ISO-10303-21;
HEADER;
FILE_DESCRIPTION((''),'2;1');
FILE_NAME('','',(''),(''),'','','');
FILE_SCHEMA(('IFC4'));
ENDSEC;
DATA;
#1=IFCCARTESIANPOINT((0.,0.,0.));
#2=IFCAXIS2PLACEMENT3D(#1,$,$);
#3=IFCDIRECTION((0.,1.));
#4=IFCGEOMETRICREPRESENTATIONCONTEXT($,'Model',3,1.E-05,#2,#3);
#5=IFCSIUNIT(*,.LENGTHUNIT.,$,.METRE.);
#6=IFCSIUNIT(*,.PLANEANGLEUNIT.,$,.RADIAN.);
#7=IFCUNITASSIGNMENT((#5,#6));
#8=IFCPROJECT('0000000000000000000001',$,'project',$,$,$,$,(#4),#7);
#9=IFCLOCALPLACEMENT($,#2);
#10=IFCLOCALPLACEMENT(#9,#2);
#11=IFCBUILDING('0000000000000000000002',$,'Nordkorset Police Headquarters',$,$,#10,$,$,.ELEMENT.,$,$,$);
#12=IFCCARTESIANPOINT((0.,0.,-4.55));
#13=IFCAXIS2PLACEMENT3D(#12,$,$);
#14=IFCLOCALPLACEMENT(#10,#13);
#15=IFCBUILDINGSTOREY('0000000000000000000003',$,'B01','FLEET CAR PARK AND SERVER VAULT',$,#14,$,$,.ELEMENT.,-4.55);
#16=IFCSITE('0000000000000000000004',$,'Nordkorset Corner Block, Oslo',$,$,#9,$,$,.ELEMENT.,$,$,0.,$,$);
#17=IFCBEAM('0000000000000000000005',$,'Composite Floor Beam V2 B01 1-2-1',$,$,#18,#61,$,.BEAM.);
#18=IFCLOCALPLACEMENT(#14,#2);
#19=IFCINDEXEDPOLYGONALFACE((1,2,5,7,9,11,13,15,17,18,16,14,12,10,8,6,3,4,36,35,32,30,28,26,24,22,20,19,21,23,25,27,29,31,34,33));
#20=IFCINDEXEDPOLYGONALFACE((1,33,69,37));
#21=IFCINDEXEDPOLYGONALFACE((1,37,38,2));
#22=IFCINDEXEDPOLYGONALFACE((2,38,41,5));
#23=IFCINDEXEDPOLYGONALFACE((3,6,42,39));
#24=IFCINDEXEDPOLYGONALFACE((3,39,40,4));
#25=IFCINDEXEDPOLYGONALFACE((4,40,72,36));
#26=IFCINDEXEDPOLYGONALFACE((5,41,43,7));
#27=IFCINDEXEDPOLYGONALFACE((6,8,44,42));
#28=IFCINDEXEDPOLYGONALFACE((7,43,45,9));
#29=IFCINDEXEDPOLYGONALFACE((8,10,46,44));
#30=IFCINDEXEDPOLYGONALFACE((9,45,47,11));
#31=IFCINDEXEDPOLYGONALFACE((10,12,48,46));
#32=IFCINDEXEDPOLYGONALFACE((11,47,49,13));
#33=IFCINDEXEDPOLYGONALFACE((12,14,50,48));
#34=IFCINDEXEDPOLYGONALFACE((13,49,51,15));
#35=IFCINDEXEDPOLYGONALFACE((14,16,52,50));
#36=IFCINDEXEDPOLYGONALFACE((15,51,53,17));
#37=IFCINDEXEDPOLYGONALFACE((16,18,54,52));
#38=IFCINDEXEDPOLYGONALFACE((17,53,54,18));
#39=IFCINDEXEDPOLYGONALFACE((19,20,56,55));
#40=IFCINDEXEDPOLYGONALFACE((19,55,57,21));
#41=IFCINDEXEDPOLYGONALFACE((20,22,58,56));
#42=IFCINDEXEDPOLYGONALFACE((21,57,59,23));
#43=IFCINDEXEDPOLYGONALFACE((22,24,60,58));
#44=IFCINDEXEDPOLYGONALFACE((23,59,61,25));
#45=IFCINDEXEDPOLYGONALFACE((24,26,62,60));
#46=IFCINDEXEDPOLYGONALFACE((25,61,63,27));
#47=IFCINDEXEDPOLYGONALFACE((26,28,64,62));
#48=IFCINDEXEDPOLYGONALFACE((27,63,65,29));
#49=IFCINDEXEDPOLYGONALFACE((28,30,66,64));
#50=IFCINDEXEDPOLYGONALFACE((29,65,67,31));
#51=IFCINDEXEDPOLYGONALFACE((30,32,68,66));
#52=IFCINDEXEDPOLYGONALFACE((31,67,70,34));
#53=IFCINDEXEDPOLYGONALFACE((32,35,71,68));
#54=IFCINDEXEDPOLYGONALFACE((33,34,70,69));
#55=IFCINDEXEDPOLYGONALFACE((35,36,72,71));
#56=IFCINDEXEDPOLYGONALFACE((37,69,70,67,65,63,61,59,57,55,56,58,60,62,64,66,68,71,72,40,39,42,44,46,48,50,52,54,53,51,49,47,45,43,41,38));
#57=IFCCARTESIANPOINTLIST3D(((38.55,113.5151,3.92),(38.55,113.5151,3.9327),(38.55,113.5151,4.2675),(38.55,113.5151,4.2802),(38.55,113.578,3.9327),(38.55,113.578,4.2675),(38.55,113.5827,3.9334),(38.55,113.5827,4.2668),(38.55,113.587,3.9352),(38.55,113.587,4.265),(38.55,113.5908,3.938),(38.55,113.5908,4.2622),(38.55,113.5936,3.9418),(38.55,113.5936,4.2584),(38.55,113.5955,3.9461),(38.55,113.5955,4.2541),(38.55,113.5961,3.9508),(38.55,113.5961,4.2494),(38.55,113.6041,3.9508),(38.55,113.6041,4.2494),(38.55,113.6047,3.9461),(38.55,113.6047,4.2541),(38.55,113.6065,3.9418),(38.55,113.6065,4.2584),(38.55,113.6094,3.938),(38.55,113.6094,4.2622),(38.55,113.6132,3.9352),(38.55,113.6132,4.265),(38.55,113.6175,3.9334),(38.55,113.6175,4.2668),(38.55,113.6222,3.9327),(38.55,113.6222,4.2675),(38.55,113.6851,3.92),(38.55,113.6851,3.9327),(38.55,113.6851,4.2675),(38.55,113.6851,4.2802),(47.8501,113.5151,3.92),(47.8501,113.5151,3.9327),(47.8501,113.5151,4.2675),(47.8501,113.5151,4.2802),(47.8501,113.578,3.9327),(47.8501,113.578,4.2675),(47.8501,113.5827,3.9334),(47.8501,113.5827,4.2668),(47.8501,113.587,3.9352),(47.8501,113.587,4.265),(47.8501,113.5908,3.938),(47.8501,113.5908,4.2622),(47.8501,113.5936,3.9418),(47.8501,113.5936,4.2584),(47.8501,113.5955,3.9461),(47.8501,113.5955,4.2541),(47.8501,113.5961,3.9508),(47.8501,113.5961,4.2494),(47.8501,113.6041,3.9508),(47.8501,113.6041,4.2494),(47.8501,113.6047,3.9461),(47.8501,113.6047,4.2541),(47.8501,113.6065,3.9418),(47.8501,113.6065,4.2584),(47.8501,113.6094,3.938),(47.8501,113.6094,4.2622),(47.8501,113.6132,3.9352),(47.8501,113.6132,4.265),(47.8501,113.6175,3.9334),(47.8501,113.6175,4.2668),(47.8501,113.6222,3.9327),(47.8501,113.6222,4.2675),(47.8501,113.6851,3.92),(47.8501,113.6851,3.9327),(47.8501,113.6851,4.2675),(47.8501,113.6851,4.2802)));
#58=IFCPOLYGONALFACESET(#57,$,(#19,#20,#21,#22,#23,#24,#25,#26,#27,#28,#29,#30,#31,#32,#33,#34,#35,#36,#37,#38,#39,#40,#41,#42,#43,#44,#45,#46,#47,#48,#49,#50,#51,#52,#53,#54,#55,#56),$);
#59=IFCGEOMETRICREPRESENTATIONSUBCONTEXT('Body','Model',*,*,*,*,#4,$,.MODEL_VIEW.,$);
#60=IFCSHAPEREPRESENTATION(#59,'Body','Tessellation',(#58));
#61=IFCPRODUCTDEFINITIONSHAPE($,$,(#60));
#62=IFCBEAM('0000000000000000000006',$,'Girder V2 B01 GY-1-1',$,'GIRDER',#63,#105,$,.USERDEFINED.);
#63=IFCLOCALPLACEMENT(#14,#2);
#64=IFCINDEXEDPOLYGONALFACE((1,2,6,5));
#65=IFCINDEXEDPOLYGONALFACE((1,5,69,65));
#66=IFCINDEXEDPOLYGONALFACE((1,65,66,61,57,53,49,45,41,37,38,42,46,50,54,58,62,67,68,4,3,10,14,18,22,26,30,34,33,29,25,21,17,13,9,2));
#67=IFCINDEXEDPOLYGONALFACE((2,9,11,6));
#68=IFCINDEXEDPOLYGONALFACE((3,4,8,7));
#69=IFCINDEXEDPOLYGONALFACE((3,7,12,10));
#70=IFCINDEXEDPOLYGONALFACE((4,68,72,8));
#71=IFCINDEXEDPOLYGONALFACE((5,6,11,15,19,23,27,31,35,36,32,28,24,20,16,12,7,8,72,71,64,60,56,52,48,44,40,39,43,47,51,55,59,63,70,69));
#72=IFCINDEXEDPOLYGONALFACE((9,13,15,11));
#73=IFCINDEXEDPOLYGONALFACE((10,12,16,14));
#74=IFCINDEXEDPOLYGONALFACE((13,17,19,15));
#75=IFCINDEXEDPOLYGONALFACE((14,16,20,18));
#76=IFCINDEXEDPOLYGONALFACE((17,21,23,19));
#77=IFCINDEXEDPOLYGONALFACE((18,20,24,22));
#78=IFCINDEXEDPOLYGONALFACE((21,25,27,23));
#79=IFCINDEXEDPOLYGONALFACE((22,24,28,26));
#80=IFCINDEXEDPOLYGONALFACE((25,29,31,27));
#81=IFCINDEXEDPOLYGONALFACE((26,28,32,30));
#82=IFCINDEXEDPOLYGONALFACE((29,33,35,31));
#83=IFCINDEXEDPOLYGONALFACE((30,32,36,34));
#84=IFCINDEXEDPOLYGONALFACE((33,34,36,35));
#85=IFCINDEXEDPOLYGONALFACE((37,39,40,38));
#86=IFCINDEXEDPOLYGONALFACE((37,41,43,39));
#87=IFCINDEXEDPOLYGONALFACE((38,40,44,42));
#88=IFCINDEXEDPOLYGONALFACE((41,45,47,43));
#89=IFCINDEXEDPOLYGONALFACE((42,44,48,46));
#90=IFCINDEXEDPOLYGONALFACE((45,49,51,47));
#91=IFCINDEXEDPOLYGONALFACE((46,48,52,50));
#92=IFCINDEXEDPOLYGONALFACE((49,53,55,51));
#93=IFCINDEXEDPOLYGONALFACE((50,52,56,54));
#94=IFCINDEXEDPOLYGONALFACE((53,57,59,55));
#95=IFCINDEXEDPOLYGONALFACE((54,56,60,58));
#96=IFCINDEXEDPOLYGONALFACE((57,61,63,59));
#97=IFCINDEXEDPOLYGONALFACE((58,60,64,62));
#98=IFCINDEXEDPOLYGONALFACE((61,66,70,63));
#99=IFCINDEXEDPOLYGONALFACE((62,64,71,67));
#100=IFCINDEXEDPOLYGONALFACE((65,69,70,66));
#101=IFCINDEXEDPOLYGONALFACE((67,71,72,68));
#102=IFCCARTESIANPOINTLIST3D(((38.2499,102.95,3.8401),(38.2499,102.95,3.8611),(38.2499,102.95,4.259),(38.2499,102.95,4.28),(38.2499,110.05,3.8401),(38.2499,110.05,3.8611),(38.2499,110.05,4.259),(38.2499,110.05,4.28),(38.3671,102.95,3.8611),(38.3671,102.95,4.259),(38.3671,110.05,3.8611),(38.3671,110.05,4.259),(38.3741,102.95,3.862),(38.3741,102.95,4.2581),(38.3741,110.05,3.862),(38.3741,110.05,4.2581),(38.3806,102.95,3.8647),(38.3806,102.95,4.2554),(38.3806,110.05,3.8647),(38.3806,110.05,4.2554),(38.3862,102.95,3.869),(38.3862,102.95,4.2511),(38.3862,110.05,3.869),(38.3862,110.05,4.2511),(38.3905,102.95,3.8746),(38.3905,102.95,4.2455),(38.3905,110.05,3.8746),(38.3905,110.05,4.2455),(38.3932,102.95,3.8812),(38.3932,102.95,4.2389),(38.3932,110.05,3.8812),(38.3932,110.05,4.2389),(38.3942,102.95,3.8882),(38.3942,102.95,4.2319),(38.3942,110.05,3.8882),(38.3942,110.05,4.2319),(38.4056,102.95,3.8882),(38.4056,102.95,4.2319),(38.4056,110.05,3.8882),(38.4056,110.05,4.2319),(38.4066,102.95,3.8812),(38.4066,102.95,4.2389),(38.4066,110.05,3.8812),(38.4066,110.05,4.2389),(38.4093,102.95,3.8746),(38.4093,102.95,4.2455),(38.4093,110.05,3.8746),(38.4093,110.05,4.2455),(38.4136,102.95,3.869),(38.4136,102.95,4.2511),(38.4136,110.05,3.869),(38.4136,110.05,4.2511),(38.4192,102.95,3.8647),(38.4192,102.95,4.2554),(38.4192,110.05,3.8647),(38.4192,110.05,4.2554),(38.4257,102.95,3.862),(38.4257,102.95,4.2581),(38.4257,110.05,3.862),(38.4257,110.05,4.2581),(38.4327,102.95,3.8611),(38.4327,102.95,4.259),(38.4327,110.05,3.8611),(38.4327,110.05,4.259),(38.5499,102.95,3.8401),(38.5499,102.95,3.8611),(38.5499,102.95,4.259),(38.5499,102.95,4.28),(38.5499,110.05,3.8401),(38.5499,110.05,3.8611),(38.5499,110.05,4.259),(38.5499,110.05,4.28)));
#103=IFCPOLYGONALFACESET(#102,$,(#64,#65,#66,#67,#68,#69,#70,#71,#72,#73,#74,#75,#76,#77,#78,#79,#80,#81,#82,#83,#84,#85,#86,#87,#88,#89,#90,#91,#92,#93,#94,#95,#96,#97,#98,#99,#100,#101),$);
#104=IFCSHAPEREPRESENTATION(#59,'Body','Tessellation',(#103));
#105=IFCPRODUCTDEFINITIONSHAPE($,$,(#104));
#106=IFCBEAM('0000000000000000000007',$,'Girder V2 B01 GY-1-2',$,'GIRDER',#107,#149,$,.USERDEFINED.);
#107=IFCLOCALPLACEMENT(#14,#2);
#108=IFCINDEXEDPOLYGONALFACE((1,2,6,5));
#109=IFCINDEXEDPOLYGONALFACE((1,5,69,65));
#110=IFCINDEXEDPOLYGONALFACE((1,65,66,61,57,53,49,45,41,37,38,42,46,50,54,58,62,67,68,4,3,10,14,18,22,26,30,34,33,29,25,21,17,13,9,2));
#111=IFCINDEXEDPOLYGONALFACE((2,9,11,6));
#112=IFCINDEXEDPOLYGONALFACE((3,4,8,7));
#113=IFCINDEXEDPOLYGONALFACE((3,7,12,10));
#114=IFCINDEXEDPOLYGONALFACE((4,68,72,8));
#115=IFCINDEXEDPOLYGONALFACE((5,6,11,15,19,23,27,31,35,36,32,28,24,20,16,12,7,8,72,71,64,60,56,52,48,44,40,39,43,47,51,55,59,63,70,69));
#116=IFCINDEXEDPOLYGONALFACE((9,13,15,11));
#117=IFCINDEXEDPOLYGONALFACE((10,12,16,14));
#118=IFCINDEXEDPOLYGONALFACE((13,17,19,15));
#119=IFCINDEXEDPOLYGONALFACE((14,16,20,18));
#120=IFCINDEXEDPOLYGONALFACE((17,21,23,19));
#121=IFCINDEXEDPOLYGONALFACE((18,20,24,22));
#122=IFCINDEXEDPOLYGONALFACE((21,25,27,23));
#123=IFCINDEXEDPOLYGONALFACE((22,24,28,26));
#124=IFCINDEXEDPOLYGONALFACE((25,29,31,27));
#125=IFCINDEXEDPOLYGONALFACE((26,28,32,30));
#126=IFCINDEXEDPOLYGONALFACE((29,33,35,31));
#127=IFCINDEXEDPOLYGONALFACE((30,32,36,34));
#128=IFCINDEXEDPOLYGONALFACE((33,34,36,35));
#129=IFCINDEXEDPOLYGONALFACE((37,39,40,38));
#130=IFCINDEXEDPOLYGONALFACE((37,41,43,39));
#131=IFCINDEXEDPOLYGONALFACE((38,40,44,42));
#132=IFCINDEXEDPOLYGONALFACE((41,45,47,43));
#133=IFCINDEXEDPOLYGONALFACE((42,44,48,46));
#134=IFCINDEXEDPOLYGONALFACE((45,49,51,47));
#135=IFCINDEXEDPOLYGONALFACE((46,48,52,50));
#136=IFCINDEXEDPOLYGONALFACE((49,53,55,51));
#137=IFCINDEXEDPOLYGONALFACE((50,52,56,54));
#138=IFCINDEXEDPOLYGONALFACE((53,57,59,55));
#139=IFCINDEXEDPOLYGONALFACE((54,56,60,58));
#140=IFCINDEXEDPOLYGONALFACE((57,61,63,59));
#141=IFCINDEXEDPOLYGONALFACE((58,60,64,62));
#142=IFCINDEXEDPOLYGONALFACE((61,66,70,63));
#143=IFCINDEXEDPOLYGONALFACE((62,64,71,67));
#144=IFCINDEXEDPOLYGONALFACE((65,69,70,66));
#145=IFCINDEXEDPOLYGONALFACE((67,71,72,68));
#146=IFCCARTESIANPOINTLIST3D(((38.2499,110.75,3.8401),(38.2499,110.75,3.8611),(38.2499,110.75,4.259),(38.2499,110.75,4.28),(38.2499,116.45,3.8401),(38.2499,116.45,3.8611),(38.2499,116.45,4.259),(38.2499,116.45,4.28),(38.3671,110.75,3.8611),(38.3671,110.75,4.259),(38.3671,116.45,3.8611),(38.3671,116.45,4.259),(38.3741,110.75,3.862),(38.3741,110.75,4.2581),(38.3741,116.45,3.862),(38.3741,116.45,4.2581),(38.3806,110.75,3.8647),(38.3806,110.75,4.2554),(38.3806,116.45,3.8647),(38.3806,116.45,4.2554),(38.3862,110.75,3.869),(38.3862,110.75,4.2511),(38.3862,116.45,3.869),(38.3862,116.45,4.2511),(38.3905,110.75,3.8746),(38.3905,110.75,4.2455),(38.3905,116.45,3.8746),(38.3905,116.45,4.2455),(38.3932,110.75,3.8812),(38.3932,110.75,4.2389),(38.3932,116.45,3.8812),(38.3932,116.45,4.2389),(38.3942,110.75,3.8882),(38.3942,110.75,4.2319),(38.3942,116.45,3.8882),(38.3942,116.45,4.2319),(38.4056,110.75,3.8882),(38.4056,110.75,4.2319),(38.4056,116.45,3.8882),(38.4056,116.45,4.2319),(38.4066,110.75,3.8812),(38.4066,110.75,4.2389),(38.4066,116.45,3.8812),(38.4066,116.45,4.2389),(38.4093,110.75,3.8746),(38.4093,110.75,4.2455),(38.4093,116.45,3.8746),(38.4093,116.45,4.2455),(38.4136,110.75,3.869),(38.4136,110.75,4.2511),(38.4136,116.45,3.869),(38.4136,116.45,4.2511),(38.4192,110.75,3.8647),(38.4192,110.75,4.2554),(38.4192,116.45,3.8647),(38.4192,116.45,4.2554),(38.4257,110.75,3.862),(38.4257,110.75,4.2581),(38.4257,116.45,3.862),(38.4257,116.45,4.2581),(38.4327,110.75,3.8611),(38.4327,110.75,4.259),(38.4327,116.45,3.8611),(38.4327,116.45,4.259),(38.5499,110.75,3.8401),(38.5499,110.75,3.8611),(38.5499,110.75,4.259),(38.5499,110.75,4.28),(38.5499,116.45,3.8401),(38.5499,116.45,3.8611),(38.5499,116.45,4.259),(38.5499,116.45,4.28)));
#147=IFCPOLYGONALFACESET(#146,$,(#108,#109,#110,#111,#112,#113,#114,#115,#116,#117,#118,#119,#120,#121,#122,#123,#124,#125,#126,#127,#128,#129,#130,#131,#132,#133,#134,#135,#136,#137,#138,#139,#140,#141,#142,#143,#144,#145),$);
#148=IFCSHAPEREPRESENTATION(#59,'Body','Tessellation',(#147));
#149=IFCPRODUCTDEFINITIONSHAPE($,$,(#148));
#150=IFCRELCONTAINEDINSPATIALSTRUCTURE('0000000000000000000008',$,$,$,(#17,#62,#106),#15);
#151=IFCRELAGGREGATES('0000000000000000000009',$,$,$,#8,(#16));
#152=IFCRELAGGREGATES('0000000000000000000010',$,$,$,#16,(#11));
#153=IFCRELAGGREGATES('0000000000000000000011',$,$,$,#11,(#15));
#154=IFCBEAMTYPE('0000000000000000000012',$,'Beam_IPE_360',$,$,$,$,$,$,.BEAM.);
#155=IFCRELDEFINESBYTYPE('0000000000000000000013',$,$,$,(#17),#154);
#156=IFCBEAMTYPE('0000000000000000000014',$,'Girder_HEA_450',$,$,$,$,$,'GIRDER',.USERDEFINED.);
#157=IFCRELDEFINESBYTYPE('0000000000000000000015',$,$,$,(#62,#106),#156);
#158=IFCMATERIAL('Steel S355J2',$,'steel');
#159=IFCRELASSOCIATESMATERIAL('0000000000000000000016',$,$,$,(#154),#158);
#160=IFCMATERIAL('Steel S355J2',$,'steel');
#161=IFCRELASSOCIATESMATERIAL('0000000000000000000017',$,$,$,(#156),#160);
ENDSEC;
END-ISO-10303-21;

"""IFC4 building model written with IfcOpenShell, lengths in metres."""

from ifc_helpers import new_model, si_unit, direction, frame, origin, origin_2d, place, context, subcontext, project, spatial, i_section, extrude, material, material_profile, profile_set, type_object, element, save


model = new_model("IFC4")

# Units and contexts
model_context = context("Model", 3, precision=1e-05, world=origin(), true_north=direction((0.0, 1.0)))
body_context = subcontext(model_context, "Body", "Model", "MODEL_VIEW")
ifc_project = project(units=[si_unit("LENGTHUNIT", "METRE"), si_unit("PLANEANGLEUNIT", "RADIAN")], contexts=[model_context])

# Site, building, storey
site_placement = place(None, origin())
site = spatial("IfcSite", under=ifc_project, at=site_placement, Name="Nordkorset Corner Block, Oslo", CompositionType="ELEMENT", RefElevation=0.0)
building_placement = place(site_placement, origin())
building = spatial("IfcBuilding", under=site, at=building_placement, Name="Nordkorset Police Headquarters", CompositionType="ELEMENT")
storey_placement = place(building_placement, frame((0.0, 0.0, -4.55)))
storey = spatial("IfcBuildingStorey", under=building, at=storey_placement, Name="B01", Description="FLEET CAR PARK AND SERVER VAULT", CompositionType="ELEMENT", Elevation=-4.55)

# Beams
ifc_material_1 = material(Name="Steel S355J2", Category="steel")
ifc_material_profile_1 = material_profile(ifc_material_1, i_section(OverallWidth=0.1699, OverallDepth=0.3601, WebThickness=0.0081, FlangeThickness=0.0127, FilletRadius=0.0181, at=origin_2d()), Name="IPE 360")
ifc_profile_set_1 = profile_set([ifc_material_profile_1], Name="Steel S355J2")
beam_type_1 = type_object("IfcBeamType", Name="Beam_IPE_360", PredefinedType="BEAM", material=ifc_profile_set_1)
for number, where, z_axis, x_axis, name in (
    (1, (38.55, 113.6001, 4.1001), (1.0, 0.0, 0.0), (0.0, 1.0, 0.0), "Composite Floor Beam V2 B01 1-2-1"),
):
    element("IfcBeam", number, at=place(storey_placement, frame(where, z_axis=z_axis, x_axis=x_axis)), inside=storey, type_object=beam_type_1, Name=name, PredefinedType="BEAM", context=body_context, shape_type="SweptSolid", body=[
        extrude(i_section(OverallWidth=0.1699, OverallDepth=0.3601, WebThickness=0.0081, FlangeThickness=0.0127, FilletRadius=0.0181, at=origin_2d()), origin(), (0.0, 0.0, 1.0), 9.3),
    ])
ifc_material_2 = material(Name="Steel S355J2", Category="steel")
ifc_material_profile_2 = material_profile(ifc_material_2, i_section(OverallWidth=0.3, OverallDepth=0.4399, WebThickness=0.0115, FlangeThickness=0.021, FilletRadius=0.0271, at=origin_2d()), Name="HEA 450")
ifc_profile_set_2 = profile_set([ifc_material_profile_2], Name="Steel S355J2")
beam_type_2 = type_object("IfcBeamType", Name="Girder_HEA_450", ElementType="GIRDER", PredefinedType="USERDEFINED", material=ifc_profile_set_2)
beam_1_placement = place(storey_placement, frame((38.3999, 102.95, 4.0601), z_axis=(0.0, 1.0, 0.0), x_axis=(-1.0, 0.0, 0.0)))
element("IfcBeam", 2, at=beam_1_placement, inside=storey, type_object=beam_type_2, Name="Girder V2 B01 GY-1-1", ObjectType="GIRDER", PredefinedType="USERDEFINED", context=body_context, shape_type="SweptSolid", body=[
    extrude(i_section(OverallWidth=0.3, OverallDepth=0.4399, WebThickness=0.0115, FlangeThickness=0.021, FilletRadius=0.0271, at=origin_2d()), origin(), (0.0, 0.0, 1.0), 7.1001),
])
beam_2_placement = place(storey_placement, frame((38.3999, 110.75, 4.0601), z_axis=(0.0, 1.0, 0.0), x_axis=(-1.0, 0.0, 0.0)))
element("IfcBeam", 3, at=beam_2_placement, inside=storey, type_object=beam_type_2, Name="Girder V2 B01 GY-1-2", ObjectType="GIRDER", PredefinedType="USERDEFINED", context=body_context, shape_type="SweptSolid", body=[
    extrude(i_section(OverallWidth=0.3, OverallDepth=0.4399, WebThickness=0.0115, FlangeThickness=0.021, FilletRadius=0.0271, at=origin_2d()), origin(), (0.0, 0.0, 1.0), 5.7),
])

save(model, "model.ifc")
